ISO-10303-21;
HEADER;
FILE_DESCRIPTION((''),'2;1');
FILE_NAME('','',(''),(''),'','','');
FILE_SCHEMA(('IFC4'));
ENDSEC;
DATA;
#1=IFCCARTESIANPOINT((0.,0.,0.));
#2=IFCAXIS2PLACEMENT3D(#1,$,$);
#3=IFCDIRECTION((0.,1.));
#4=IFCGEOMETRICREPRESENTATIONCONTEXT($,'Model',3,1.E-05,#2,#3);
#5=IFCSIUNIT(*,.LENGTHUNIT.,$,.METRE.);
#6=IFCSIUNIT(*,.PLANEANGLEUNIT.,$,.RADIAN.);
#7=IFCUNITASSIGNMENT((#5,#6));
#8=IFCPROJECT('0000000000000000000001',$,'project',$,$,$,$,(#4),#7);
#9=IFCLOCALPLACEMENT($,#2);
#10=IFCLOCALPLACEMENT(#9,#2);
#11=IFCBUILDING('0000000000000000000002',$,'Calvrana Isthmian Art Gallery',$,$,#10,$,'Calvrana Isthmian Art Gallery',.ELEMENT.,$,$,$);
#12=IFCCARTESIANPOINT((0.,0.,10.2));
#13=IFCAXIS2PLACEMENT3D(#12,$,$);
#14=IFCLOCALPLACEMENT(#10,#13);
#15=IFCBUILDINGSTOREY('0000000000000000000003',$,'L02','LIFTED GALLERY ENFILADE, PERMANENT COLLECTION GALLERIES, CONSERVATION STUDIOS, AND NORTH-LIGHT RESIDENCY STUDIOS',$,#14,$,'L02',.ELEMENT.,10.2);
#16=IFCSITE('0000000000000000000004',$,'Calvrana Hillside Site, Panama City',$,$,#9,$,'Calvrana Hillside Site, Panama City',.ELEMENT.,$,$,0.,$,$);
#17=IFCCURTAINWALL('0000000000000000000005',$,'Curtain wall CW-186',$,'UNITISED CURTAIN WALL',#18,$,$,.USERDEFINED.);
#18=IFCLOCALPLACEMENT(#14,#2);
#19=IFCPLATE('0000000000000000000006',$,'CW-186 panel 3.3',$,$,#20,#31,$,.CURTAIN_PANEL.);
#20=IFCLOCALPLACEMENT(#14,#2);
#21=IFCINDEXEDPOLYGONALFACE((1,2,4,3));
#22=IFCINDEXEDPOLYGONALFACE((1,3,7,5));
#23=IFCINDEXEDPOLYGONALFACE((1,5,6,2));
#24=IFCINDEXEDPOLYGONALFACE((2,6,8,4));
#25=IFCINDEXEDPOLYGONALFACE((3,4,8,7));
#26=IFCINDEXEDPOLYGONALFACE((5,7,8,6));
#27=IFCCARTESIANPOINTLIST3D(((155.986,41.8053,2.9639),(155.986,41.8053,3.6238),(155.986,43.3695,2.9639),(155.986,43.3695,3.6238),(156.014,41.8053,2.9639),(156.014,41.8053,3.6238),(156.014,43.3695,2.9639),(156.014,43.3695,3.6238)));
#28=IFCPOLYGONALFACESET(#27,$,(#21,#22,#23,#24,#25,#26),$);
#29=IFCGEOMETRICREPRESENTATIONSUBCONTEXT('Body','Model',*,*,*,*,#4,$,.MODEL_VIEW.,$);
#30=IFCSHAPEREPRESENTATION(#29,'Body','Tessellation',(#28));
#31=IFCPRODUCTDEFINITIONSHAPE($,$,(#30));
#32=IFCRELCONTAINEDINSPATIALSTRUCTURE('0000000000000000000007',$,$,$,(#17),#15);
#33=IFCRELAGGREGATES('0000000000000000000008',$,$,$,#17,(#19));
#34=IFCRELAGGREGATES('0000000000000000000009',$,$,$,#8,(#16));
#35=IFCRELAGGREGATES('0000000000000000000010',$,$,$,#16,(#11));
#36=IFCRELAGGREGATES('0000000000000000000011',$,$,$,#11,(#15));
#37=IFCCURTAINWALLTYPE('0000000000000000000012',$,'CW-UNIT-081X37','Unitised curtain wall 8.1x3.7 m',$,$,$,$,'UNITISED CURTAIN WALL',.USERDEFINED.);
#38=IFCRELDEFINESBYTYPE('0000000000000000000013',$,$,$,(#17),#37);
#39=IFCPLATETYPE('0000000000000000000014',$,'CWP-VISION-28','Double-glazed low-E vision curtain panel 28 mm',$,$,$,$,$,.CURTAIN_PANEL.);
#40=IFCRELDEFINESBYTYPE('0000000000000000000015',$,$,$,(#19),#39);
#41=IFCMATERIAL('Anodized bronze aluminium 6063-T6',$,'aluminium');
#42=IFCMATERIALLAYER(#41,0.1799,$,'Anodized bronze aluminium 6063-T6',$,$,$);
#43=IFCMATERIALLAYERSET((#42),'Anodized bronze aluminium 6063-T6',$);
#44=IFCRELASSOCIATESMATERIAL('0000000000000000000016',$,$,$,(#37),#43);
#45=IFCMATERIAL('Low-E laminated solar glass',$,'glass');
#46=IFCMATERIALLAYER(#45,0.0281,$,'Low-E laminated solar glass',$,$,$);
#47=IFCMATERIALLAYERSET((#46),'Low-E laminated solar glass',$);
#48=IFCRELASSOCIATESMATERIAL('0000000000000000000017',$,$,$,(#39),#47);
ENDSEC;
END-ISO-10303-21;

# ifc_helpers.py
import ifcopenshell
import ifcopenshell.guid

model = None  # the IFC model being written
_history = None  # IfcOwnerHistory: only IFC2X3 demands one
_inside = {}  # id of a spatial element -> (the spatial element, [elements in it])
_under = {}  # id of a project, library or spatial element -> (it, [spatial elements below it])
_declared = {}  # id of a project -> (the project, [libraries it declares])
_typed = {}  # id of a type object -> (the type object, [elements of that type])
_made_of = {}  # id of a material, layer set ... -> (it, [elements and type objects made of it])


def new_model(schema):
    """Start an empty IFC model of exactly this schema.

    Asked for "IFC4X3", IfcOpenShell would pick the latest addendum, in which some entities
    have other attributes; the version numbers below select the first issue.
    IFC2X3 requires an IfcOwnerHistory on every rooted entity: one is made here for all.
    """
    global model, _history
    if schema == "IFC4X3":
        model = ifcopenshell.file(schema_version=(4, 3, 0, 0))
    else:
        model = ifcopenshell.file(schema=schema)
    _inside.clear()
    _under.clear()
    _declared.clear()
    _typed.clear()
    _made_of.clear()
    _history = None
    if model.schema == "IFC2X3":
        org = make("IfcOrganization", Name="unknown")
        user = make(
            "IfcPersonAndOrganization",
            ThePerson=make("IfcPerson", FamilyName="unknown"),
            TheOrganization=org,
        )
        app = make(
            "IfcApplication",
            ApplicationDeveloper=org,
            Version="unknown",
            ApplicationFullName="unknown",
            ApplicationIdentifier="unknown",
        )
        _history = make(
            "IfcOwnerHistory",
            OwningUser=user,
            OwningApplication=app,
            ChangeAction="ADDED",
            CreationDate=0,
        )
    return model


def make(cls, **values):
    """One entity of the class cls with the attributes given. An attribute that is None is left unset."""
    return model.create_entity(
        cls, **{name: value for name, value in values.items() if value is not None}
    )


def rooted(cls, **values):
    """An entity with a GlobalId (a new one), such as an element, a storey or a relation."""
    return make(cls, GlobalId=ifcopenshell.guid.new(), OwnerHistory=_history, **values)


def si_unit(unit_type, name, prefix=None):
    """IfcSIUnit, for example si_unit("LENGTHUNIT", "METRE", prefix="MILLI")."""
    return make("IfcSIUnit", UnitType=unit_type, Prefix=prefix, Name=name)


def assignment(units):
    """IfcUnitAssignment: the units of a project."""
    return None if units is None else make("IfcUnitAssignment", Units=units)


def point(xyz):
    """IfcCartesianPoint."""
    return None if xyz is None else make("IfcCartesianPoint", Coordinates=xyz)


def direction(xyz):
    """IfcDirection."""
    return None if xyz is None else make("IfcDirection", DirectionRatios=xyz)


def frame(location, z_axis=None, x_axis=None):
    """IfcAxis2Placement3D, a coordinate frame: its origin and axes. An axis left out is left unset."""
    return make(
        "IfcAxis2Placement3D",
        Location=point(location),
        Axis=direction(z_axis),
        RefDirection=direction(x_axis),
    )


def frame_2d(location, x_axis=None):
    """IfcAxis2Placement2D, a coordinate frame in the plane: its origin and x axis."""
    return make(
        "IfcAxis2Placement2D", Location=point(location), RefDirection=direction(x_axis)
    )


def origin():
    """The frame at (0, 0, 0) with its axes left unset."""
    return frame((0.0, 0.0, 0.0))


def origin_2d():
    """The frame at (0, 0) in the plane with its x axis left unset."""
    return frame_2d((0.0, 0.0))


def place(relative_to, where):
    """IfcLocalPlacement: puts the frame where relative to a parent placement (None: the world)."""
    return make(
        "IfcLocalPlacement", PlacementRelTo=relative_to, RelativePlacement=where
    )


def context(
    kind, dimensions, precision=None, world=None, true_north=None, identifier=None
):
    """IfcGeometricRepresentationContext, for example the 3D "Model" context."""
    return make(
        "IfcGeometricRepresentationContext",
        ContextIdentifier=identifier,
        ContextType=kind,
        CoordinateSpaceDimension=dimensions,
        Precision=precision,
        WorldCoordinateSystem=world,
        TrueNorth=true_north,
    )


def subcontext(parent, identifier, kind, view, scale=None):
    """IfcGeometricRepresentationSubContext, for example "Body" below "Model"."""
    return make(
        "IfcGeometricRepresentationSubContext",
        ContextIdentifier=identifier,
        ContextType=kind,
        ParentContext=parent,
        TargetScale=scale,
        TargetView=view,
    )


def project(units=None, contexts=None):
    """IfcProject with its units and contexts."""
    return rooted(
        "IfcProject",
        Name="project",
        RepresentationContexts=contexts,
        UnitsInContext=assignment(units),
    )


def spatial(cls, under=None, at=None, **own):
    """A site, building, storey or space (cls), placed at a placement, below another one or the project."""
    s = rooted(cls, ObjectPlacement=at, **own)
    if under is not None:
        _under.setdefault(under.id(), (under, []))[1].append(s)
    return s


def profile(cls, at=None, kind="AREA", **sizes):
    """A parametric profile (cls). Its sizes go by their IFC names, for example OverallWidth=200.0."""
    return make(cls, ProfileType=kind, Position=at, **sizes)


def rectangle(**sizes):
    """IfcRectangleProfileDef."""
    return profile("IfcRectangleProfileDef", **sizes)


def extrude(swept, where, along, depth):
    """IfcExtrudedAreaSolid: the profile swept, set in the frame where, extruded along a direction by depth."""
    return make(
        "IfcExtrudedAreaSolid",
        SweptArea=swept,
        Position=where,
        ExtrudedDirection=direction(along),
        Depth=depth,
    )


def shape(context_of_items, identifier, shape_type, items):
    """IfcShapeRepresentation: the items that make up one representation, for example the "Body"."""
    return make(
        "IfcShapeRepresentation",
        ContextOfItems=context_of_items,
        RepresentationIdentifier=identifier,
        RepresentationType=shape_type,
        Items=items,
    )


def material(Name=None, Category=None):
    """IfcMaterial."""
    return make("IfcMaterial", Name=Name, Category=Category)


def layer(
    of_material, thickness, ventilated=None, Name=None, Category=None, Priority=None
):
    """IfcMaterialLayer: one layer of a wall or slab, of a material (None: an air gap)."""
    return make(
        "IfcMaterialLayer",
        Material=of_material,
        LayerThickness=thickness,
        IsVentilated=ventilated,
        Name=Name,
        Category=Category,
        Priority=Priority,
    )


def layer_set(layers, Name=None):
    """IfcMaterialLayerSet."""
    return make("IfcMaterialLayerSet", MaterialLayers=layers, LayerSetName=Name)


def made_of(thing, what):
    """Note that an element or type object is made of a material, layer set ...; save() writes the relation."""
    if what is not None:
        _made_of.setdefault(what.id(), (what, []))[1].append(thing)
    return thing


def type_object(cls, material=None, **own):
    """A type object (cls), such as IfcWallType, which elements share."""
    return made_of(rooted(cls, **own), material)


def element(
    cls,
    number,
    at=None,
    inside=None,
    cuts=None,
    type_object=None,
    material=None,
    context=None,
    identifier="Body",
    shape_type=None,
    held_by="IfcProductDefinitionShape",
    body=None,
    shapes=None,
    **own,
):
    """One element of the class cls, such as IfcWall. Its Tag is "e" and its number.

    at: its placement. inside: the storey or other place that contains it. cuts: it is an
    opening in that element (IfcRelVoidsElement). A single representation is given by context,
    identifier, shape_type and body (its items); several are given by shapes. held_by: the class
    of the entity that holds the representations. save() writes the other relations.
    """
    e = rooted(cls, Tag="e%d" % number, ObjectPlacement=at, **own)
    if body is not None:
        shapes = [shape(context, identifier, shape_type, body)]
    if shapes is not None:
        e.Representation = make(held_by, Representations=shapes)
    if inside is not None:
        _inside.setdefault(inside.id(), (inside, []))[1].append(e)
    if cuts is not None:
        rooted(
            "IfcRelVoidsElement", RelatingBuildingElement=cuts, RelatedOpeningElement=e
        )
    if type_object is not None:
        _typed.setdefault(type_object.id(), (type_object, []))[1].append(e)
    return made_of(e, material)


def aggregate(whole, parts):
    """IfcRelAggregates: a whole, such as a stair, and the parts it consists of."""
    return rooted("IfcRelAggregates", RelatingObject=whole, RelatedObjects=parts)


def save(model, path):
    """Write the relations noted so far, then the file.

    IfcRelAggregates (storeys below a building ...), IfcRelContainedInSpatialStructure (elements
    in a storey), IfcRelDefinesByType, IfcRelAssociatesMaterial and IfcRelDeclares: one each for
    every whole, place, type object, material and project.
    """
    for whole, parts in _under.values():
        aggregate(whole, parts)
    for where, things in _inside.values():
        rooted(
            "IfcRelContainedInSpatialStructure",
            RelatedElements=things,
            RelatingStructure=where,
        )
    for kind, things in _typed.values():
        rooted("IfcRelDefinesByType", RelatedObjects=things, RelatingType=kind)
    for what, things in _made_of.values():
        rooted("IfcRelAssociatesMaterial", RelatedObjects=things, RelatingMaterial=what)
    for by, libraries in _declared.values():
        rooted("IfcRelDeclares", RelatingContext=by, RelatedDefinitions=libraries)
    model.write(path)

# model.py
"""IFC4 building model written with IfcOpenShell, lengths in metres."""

from ifc_helpers import new_model, si_unit, direction, frame, origin, origin_2d, place, context, subcontext, project, spatial, rectangle, extrude, material, layer, layer_set, type_object, element, aggregate, save


model = new_model("IFC4")

# Units and contexts
model_context = context("Model", 3, precision=1e-05, world=origin(), true_north=direction((0.0, 1.0)))
body_context = subcontext(model_context, "Body", "Model", "MODEL_VIEW")
ifc_project = project(units=[si_unit("LENGTHUNIT", "METRE"), si_unit("PLANEANGLEUNIT", "RADIAN")], contexts=[model_context])

# Site, building, storey
site_placement = place(None, origin())
site = spatial("IfcSite", under=ifc_project, at=site_placement, Name="Calvrana Hillside Site, Panama City", LongName="Calvrana Hillside Site, Panama City", CompositionType="ELEMENT", RefElevation=0.0)
building_placement = place(site_placement, origin())
building = spatial("IfcBuilding", under=site, at=building_placement, Name="Calvrana Isthmian Art Gallery", LongName="Calvrana Isthmian Art Gallery", CompositionType="ELEMENT")
storey_placement = place(building_placement, frame((0.0, 0.0, 10.2)))
storey = spatial("IfcBuildingStorey", under=building, at=storey_placement, Name="L02", Description="LIFTED GALLERY ENFILADE, PERMANENT COLLECTION GALLERIES, CONSERVATION STUDIOS, AND NORTH-LIGHT RESIDENCY STUDIOS", LongName="L02", CompositionType="ELEMENT", Elevation=10.2)

# Curtain wall, plate
ifc_material_1 = material(Name="Anodized bronze aluminium 6063-T6", Category="aluminium")
ifc_layer_1 = layer(ifc_material_1, 0.1799, Name="Anodized bronze aluminium 6063-T6")
ifc_layer_set_1 = layer_set([ifc_layer_1], Name="Anodized bronze aluminium 6063-T6")
curtain_wall_type = type_object("IfcCurtainWallType", Name="CW-UNIT-081X37", Description="Unitised curtain wall 8.1x3.7 m", ElementType="UNITISED CURTAIN WALL", PredefinedType="USERDEFINED", material=ifc_layer_set_1)
curtain_wall_placement = place(storey_placement, origin())
curtain_wall = element("IfcCurtainWall", 1, at=curtain_wall_placement, inside=storey, type_object=curtain_wall_type, Name="Curtain wall CW-186", ObjectType="UNITISED CURTAIN WALL", PredefinedType="USERDEFINED")
ifc_material_2 = material(Name="Low-E laminated solar glass", Category="glass")
ifc_layer_2 = layer(ifc_material_2, 0.0281, Name="Low-E laminated solar glass")
ifc_layer_set_2 = layer_set([ifc_layer_2], Name="Low-E laminated solar glass")
plate_type = type_object("IfcPlateType", Name="CWP-VISION-28", Description="Double-glazed low-E vision curtain panel 28 mm", PredefinedType="CURTAIN_PANEL", material=ifc_layer_set_2)
plate_1_placement = place(storey_placement, frame((156.0, 42.5874, 2.9639), z_axis=(0.0, 0.0, 1.0), x_axis=(0.0, -1.0, 0.0)))
plate_1 = element("IfcPlate", 2, at=plate_1_placement, type_object=plate_type, Name="CW-186 panel 3.3", PredefinedType="CURTAIN_PANEL", context=body_context, shape_type="SweptSolid", body=[
    extrude(rectangle(XDim=1.5642, YDim=0.0281, at=origin_2d()), origin(), (0.0, 0.0, 1.0), 0.6599),
])
aggregate(curtain_wall, [plate_1])

save(model, "model.ifc")
